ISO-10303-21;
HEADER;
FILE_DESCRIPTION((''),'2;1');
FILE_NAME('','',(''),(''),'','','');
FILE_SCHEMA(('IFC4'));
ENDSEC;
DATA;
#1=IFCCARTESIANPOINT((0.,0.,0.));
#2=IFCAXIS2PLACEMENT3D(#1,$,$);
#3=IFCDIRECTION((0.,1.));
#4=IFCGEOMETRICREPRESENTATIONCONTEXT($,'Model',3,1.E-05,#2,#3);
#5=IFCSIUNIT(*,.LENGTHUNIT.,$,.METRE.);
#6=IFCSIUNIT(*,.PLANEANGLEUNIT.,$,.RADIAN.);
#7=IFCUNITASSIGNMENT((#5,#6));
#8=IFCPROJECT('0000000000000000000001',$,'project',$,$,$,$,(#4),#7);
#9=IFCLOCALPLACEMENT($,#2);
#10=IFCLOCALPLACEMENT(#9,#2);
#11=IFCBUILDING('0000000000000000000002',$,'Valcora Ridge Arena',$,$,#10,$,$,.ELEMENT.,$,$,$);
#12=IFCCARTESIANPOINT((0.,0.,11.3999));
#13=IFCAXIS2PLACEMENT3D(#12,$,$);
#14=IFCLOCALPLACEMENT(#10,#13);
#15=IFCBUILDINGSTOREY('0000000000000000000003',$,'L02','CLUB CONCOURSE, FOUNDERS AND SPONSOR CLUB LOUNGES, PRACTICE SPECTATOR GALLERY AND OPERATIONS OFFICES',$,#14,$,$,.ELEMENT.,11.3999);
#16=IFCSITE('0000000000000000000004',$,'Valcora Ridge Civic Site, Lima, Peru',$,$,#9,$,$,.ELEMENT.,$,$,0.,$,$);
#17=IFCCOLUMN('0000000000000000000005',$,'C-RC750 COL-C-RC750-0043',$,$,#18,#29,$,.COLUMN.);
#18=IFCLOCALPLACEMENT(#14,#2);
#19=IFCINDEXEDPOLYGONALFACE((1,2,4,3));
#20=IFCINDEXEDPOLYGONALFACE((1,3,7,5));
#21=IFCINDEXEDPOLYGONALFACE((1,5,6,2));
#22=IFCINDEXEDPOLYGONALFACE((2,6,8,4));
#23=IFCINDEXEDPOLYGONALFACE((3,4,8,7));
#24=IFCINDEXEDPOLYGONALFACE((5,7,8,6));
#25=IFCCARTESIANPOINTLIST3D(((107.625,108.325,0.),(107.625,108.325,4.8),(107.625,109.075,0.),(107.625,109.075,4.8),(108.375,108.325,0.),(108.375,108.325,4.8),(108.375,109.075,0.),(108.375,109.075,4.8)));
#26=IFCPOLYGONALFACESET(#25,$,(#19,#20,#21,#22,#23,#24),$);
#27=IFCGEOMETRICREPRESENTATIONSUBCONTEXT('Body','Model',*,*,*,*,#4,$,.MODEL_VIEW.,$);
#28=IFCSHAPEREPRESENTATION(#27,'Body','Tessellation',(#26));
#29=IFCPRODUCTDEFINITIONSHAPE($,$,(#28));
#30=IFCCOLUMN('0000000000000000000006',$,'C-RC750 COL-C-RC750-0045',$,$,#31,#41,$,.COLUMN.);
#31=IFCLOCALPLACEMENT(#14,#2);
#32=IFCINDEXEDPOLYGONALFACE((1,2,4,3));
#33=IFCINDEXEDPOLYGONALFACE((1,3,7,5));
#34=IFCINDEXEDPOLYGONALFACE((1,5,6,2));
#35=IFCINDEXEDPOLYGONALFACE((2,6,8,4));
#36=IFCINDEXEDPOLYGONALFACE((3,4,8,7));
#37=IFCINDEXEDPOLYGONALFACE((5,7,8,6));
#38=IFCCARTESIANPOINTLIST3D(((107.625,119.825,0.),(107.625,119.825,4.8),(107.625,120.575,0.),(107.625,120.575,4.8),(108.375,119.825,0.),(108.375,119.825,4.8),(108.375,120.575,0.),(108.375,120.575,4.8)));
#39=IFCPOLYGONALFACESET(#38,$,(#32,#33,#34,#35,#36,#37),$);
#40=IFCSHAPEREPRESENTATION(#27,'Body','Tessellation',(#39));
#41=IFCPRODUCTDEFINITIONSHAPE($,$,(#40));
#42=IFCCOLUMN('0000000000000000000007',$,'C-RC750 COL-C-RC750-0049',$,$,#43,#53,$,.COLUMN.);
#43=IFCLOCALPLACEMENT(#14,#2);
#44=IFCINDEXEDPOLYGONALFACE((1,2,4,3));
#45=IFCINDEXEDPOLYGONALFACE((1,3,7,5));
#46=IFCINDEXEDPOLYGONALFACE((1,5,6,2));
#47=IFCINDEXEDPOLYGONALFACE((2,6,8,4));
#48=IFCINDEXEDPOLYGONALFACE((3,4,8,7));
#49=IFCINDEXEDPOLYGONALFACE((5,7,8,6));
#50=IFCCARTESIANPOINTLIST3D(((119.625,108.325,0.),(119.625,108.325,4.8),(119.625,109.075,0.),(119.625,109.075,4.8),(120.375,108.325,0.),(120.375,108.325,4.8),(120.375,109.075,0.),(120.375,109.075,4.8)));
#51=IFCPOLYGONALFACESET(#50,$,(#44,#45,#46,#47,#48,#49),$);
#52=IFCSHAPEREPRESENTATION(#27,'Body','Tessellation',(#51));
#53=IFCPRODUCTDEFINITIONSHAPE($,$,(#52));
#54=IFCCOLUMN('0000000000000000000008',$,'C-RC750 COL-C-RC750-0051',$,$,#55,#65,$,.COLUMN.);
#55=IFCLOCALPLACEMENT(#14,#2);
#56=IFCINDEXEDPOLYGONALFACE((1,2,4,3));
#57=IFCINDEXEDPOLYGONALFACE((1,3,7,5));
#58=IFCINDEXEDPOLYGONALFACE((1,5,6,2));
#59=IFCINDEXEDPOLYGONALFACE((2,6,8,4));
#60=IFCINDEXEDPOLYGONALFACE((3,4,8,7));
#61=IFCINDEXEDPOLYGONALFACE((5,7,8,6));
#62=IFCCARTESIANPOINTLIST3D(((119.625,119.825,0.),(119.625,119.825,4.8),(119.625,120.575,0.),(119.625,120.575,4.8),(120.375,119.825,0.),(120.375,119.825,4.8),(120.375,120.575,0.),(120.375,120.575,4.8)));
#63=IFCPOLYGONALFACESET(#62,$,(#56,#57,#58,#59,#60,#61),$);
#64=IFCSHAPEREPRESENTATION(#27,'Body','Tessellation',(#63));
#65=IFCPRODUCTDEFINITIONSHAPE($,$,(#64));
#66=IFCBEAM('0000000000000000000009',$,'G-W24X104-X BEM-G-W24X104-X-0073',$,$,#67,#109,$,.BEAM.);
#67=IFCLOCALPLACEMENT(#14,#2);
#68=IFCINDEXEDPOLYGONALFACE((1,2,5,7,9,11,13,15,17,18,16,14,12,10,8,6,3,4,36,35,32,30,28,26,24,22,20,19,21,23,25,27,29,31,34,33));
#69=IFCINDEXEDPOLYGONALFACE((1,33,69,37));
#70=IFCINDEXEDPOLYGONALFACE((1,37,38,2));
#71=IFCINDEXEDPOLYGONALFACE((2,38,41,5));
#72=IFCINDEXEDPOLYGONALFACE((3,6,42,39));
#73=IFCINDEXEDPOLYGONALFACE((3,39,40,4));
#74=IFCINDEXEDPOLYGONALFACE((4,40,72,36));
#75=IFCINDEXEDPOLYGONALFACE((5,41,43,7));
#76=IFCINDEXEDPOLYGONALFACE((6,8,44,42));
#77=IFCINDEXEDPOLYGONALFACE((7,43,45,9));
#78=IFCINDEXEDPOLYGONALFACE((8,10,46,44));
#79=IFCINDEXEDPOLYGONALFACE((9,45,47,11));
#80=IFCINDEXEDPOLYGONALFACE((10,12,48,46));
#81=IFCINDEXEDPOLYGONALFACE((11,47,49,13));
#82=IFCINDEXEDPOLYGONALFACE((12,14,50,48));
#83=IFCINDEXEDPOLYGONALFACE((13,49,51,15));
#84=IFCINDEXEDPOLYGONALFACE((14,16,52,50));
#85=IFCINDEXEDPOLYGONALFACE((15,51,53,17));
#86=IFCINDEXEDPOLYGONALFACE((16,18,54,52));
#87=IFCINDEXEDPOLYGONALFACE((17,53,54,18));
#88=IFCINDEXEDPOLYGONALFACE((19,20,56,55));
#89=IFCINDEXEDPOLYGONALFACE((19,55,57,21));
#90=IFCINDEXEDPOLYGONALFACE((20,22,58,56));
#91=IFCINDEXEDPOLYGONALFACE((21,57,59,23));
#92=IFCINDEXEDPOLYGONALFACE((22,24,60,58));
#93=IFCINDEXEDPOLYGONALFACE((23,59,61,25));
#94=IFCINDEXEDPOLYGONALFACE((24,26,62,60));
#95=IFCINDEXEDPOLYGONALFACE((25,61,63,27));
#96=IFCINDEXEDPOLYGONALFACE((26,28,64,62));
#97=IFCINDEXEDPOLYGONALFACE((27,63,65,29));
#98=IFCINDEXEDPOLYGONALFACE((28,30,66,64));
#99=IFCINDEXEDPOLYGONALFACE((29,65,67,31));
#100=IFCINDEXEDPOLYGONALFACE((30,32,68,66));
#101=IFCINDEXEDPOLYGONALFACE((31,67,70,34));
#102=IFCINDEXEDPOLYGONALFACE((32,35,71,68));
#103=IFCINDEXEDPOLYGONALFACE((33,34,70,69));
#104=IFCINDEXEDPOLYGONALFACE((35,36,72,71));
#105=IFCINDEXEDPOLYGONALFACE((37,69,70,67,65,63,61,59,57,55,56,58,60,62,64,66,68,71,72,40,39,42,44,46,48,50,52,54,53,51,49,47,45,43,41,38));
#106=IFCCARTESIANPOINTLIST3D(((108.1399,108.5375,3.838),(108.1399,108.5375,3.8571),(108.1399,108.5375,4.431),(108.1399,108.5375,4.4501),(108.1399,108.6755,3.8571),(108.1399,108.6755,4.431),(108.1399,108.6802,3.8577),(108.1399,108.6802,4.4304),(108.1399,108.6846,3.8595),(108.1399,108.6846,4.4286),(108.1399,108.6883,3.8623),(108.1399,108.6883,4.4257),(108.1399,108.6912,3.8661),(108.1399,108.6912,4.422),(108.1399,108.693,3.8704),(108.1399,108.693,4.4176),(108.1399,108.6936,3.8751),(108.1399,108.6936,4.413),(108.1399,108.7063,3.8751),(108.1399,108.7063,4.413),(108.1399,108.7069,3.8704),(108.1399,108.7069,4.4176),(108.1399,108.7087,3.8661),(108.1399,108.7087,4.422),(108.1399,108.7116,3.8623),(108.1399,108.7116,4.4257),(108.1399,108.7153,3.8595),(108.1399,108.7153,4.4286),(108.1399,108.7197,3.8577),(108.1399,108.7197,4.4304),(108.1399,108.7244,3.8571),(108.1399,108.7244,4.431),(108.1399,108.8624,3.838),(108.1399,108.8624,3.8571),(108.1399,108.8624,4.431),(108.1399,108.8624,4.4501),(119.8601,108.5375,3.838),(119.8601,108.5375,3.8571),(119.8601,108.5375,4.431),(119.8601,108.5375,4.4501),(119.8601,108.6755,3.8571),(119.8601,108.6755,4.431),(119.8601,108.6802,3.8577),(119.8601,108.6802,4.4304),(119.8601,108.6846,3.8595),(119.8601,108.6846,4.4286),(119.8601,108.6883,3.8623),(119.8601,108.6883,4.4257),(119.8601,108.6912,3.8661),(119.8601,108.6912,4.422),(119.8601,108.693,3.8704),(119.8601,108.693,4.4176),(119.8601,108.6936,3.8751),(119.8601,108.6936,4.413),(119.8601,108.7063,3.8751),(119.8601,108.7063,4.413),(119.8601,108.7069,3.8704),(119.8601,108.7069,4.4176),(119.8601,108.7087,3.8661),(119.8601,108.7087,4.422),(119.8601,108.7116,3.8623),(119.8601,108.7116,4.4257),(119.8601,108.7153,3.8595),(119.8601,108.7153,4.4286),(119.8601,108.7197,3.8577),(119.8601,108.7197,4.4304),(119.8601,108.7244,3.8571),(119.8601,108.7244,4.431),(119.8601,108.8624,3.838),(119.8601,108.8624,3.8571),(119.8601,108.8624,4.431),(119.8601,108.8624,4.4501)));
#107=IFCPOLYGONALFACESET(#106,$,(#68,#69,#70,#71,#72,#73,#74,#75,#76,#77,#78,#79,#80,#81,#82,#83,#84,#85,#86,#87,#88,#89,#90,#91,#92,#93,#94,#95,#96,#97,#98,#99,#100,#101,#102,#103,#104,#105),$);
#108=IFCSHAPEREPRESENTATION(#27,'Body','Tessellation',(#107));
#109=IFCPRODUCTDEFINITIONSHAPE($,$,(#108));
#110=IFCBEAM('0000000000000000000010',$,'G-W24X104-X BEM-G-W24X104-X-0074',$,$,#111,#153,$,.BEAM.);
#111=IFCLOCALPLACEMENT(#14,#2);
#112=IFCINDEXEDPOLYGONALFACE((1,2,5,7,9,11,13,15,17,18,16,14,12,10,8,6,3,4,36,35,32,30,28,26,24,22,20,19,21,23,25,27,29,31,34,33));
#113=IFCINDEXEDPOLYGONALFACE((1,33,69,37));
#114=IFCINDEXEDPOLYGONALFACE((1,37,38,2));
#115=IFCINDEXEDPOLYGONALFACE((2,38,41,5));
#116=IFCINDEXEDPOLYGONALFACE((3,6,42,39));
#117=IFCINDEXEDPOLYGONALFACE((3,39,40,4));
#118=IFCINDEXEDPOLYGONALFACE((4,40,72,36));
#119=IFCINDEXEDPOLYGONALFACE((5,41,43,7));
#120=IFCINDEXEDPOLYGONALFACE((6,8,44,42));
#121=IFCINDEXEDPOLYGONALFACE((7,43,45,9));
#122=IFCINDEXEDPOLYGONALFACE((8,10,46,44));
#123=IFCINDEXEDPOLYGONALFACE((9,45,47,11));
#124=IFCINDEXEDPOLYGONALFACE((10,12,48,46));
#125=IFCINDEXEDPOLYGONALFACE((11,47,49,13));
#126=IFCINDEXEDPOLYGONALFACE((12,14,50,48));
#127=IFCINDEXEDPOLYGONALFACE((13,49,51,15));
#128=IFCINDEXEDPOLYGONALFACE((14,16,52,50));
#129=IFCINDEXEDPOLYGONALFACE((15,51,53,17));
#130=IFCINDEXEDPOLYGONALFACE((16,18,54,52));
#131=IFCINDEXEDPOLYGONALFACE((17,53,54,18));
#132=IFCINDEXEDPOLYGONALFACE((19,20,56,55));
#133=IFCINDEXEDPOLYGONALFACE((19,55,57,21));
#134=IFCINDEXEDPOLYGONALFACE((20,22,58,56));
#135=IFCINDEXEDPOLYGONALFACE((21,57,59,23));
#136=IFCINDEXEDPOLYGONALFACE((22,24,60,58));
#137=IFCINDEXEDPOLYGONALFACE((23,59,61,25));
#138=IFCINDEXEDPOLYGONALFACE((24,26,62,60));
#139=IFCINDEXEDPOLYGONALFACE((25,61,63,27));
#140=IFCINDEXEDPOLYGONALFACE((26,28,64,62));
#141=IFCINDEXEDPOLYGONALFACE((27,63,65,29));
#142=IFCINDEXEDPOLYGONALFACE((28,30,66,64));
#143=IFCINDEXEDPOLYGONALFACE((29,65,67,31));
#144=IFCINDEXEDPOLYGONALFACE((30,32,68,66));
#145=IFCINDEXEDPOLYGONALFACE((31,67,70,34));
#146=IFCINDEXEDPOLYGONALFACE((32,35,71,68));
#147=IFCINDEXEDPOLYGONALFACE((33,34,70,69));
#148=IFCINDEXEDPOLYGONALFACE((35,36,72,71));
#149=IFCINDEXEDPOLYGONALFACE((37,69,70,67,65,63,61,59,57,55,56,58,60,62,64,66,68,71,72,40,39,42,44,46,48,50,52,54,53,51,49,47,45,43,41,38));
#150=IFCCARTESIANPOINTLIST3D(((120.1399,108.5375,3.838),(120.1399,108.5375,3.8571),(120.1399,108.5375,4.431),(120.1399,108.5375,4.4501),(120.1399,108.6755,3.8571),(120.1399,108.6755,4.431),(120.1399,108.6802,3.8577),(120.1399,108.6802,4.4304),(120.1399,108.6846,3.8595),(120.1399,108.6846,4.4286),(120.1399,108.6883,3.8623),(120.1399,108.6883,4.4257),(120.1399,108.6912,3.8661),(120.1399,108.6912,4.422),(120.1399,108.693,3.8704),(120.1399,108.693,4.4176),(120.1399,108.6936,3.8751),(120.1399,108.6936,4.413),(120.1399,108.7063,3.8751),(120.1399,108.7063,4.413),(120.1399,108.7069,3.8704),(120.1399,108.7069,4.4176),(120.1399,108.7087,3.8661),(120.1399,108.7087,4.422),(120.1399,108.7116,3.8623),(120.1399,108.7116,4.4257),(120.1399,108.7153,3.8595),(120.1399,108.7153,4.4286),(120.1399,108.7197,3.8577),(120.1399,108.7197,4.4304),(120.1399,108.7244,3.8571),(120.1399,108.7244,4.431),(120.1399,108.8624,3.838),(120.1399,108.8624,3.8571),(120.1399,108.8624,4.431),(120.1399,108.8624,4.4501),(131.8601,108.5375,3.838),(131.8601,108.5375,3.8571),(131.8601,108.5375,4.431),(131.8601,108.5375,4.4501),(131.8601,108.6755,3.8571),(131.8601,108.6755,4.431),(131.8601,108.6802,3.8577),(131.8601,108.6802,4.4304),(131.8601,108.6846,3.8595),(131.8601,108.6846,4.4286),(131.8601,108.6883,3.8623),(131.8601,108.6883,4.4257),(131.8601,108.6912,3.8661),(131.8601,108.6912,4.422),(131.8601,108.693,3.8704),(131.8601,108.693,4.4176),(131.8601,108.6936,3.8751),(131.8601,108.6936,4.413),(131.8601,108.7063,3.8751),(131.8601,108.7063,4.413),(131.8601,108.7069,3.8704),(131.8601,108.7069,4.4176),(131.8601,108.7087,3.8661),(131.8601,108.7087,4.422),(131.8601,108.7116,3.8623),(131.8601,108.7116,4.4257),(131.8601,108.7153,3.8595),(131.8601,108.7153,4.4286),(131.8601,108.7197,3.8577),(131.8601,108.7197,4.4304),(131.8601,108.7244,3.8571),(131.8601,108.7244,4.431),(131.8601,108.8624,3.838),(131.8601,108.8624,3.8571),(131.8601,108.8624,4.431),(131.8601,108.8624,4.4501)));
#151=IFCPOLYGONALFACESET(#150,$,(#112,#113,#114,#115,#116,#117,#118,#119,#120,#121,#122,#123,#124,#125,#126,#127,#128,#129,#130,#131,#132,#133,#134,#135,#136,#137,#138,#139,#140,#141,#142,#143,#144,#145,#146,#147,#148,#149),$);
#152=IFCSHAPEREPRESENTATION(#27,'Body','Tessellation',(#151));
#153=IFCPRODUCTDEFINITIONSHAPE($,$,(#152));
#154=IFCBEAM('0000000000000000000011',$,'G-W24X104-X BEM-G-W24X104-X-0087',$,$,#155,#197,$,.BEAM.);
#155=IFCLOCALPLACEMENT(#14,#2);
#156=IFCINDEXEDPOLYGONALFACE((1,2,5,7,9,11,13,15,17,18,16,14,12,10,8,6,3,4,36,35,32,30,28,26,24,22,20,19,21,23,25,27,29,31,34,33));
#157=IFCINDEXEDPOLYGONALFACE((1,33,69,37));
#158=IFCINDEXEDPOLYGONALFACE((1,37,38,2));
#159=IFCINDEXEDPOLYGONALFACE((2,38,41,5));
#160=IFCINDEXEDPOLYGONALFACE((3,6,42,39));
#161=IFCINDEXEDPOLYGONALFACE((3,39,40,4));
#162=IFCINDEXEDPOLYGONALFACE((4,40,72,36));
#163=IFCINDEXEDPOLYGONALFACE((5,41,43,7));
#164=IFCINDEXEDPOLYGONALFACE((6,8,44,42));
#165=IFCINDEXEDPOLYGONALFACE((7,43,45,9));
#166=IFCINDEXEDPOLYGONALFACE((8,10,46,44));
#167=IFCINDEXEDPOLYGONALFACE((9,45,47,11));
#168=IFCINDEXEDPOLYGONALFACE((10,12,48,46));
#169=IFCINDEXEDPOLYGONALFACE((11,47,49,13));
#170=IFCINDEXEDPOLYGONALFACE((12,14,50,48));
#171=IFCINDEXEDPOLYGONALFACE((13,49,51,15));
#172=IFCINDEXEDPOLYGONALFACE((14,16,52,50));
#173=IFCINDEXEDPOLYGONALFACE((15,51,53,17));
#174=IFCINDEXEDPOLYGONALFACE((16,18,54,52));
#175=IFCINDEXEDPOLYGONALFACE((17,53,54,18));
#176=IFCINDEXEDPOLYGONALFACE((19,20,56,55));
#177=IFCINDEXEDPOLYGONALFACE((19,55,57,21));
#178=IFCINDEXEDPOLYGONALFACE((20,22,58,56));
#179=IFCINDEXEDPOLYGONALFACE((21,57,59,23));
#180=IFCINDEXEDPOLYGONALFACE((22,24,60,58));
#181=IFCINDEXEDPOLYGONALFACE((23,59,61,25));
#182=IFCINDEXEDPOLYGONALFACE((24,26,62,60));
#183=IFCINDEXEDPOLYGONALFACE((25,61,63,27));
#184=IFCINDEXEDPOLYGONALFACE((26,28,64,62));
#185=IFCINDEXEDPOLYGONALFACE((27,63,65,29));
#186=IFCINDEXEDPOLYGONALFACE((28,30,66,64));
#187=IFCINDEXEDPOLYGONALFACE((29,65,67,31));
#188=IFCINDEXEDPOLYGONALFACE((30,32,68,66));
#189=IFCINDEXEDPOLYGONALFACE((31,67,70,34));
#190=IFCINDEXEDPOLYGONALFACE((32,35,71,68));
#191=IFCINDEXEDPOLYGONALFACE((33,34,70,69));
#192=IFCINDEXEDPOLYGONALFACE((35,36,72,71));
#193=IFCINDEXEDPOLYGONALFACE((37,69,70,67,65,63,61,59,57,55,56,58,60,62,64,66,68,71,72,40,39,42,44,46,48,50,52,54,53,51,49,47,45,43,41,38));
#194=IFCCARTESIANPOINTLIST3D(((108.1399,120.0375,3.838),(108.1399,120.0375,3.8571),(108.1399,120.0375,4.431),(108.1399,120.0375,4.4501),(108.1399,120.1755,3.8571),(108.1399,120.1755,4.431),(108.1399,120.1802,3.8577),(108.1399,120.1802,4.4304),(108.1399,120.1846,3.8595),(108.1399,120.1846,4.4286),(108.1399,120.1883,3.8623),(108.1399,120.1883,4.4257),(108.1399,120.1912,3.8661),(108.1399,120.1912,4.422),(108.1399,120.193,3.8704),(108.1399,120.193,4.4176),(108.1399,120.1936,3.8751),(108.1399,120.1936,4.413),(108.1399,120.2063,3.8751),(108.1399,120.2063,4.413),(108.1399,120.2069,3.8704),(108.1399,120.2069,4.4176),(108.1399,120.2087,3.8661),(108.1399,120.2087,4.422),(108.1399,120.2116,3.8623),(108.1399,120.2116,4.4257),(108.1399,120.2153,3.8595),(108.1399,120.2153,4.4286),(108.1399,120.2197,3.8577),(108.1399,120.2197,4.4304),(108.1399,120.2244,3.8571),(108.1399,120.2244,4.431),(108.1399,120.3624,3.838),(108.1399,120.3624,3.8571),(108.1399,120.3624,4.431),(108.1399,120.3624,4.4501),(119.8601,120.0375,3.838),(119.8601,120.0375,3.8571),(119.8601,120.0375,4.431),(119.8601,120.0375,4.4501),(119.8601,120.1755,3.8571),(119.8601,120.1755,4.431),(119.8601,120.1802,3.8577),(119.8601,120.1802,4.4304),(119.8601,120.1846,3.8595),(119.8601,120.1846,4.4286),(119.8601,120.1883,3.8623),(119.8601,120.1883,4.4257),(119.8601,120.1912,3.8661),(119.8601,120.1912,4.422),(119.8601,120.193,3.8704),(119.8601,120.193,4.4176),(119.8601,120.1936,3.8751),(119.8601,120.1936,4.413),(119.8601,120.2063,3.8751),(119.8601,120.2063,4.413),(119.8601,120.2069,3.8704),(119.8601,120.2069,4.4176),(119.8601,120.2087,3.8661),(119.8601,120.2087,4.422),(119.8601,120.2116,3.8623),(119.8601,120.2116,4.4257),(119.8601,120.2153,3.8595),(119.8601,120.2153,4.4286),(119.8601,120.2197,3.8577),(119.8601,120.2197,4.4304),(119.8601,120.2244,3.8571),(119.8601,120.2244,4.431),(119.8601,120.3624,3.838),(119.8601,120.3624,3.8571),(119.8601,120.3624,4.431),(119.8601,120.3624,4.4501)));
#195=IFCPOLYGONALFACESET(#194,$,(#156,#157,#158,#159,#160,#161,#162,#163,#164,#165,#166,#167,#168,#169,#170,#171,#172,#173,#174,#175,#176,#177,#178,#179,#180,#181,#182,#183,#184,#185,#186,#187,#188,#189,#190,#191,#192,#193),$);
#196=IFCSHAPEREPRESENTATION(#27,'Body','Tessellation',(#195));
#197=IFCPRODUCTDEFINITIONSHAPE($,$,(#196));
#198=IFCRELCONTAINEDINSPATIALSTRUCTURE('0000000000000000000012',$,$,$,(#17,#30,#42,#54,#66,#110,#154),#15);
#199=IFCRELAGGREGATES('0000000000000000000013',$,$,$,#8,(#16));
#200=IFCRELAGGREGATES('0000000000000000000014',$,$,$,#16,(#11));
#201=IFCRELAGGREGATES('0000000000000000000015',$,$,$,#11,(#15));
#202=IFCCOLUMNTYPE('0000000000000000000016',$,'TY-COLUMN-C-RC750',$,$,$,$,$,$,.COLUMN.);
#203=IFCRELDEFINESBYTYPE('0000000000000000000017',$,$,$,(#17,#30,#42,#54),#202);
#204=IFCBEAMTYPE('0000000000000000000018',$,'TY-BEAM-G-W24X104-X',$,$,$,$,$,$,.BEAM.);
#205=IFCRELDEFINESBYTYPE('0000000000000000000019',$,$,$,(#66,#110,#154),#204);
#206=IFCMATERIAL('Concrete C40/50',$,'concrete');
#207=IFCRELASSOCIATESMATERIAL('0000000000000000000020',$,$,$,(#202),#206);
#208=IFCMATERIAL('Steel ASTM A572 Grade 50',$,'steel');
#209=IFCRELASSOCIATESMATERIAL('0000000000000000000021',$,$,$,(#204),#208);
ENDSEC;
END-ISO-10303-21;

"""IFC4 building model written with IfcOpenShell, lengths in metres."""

from ifc_helpers import new_model, si_unit, direction, frame, origin, origin_2d, place, context, subcontext, project, spatial, rectangle, i_section, extrude, material, material_profile, profile_set, type_object, element, save


model = new_model("IFC4")

# Units and contexts
model_context = context("Model", 3, precision=1e-05, world=origin(), true_north=direction((0.0, 1.0)))
body_context = subcontext(model_context, "Body", "Model", "MODEL_VIEW")
ifc_project = project(units=[si_unit("LENGTHUNIT", "METRE"), si_unit("PLANEANGLEUNIT", "RADIAN")], contexts=[model_context])

# Site, building, storey
site_placement = place(None, origin())
site = spatial("IfcSite", under=ifc_project, at=site_placement, Name="Valcora Ridge Civic Site, Lima, Peru", CompositionType="ELEMENT", RefElevation=0.0)
building_placement = place(site_placement, origin())
building = spatial("IfcBuilding", under=site, at=building_placement, Name="Valcora Ridge Arena", CompositionType="ELEMENT")
storey_placement = place(building_placement, frame((0.0, 0.0, 11.3999)))
storey = spatial("IfcBuildingStorey", under=building, at=storey_placement, Name="L02", Description="CLUB CONCOURSE, FOUNDERS AND SPONSOR CLUB LOUNGES, PRACTICE SPECTATOR GALLERY AND OPERATIONS OFFICES", CompositionType="ELEMENT", Elevation=11.3999)

# Columns
ifc_material_1 = material(Name="Concrete C40/50", Category="concrete")
ifc_material_profile_1 = material_profile(ifc_material_1, rectangle(XDim=0.75, YDim=0.75, at=origin_2d()), Name="RC 750x750")
ifc_profile_set_1 = profile_set([ifc_material_profile_1], Name="Concrete C40/50")
column_type = type_object("IfcColumnType", Name="TY-COLUMN-C-RC750", PredefinedType="COLUMN", material=ifc_profile_set_1)
for number, where, z_axis, x_axis, name in (
    (1, (108.0, 108.7, 0.0), (0.0, 0.0, 1.0), (1.0, 0.0, 0.0), "C-RC750 COL-C-RC750-0043"),
    (2, (108.0, 120.2, 0.0), (0.0, 0.0, 1.0), (1.0, 0.0, 0.0), "C-RC750 COL-C-RC750-0045"),
    (3, (120.0, 108.7, 0.0), (0.0, 0.0, 1.0), (1.0, 0.0, 0.0), "C-RC750 COL-C-RC750-0049"),
    (4, (120.0, 120.2, 0.0), (0.0, 0.0, 1.0), (1.0, 0.0, 0.0), "C-RC750 COL-C-RC750-0051"),
):
    element("IfcColumn", number, at=place(storey_placement, frame(where, z_axis=z_axis, x_axis=x_axis)), inside=storey, type_object=column_type, Name=name, PredefinedType="COLUMN", context=body_context, shape_type="SweptSolid", body=[
        extrude(rectangle(XDim=0.75, YDim=0.75, at=origin_2d()), origin(), (0.0, 0.0, 1.0), 4.8),
    ])

# Beams
ifc_material_2 = material(Name="Steel ASTM A572 Grade 50", Category="steel")
ifc_material_profile_2 = material_profile(ifc_material_2, i_section(OverallWidth=0.325, OverallDepth=0.6121, WebThickness=0.0127, FlangeThickness=0.019, FilletRadius=0.0181, at=origin_2d()), Name="W24X104")
ifc_profile_set_2 = profile_set([ifc_material_profile_2], Name="Steel ASTM A572 Grade 50")
beam_type_1 = type_object("IfcBeamType", Name="TY-BEAM-G-W24X104-X", PredefinedType="BEAM", material=ifc_profile_set_2)
for number, where, z_axis, x_axis, name in (
    (5, (108.1399, 108.7, 4.144), (1.0, 0.0, 0.0), (0.0, 1.0, 0.0), "G-W24X104-X BEM-G-W24X104-X-0073"),
    (6, (120.1399, 108.7, 4.144), (1.0, 0.0, 0.0), (0.0, 1.0, 0.0), "G-W24X104-X BEM-G-W24X104-X-0074"),
    (7, (108.1399, 120.2, 4.144), (1.0, 0.0, 0.0), (0.0, 1.0, 0.0), "G-W24X104-X BEM-G-W24X104-X-0087"),
):
    element("IfcBeam", number, at=place(storey_placement, frame(where, z_axis=z_axis, x_axis=x_axis)), inside=storey, type_object=beam_type_1, Name=name, PredefinedType="BEAM", context=body_context, shape_type="SweptSolid", body=[
        extrude(i_section(OverallWidth=0.325, OverallDepth=0.6121, WebThickness=0.0127, FlangeThickness=0.019, FilletRadius=0.0181, at=origin_2d()), origin(), (0.0, 0.0, 1.0), 11.7202),
    ])

save(model, "model.ifc")
